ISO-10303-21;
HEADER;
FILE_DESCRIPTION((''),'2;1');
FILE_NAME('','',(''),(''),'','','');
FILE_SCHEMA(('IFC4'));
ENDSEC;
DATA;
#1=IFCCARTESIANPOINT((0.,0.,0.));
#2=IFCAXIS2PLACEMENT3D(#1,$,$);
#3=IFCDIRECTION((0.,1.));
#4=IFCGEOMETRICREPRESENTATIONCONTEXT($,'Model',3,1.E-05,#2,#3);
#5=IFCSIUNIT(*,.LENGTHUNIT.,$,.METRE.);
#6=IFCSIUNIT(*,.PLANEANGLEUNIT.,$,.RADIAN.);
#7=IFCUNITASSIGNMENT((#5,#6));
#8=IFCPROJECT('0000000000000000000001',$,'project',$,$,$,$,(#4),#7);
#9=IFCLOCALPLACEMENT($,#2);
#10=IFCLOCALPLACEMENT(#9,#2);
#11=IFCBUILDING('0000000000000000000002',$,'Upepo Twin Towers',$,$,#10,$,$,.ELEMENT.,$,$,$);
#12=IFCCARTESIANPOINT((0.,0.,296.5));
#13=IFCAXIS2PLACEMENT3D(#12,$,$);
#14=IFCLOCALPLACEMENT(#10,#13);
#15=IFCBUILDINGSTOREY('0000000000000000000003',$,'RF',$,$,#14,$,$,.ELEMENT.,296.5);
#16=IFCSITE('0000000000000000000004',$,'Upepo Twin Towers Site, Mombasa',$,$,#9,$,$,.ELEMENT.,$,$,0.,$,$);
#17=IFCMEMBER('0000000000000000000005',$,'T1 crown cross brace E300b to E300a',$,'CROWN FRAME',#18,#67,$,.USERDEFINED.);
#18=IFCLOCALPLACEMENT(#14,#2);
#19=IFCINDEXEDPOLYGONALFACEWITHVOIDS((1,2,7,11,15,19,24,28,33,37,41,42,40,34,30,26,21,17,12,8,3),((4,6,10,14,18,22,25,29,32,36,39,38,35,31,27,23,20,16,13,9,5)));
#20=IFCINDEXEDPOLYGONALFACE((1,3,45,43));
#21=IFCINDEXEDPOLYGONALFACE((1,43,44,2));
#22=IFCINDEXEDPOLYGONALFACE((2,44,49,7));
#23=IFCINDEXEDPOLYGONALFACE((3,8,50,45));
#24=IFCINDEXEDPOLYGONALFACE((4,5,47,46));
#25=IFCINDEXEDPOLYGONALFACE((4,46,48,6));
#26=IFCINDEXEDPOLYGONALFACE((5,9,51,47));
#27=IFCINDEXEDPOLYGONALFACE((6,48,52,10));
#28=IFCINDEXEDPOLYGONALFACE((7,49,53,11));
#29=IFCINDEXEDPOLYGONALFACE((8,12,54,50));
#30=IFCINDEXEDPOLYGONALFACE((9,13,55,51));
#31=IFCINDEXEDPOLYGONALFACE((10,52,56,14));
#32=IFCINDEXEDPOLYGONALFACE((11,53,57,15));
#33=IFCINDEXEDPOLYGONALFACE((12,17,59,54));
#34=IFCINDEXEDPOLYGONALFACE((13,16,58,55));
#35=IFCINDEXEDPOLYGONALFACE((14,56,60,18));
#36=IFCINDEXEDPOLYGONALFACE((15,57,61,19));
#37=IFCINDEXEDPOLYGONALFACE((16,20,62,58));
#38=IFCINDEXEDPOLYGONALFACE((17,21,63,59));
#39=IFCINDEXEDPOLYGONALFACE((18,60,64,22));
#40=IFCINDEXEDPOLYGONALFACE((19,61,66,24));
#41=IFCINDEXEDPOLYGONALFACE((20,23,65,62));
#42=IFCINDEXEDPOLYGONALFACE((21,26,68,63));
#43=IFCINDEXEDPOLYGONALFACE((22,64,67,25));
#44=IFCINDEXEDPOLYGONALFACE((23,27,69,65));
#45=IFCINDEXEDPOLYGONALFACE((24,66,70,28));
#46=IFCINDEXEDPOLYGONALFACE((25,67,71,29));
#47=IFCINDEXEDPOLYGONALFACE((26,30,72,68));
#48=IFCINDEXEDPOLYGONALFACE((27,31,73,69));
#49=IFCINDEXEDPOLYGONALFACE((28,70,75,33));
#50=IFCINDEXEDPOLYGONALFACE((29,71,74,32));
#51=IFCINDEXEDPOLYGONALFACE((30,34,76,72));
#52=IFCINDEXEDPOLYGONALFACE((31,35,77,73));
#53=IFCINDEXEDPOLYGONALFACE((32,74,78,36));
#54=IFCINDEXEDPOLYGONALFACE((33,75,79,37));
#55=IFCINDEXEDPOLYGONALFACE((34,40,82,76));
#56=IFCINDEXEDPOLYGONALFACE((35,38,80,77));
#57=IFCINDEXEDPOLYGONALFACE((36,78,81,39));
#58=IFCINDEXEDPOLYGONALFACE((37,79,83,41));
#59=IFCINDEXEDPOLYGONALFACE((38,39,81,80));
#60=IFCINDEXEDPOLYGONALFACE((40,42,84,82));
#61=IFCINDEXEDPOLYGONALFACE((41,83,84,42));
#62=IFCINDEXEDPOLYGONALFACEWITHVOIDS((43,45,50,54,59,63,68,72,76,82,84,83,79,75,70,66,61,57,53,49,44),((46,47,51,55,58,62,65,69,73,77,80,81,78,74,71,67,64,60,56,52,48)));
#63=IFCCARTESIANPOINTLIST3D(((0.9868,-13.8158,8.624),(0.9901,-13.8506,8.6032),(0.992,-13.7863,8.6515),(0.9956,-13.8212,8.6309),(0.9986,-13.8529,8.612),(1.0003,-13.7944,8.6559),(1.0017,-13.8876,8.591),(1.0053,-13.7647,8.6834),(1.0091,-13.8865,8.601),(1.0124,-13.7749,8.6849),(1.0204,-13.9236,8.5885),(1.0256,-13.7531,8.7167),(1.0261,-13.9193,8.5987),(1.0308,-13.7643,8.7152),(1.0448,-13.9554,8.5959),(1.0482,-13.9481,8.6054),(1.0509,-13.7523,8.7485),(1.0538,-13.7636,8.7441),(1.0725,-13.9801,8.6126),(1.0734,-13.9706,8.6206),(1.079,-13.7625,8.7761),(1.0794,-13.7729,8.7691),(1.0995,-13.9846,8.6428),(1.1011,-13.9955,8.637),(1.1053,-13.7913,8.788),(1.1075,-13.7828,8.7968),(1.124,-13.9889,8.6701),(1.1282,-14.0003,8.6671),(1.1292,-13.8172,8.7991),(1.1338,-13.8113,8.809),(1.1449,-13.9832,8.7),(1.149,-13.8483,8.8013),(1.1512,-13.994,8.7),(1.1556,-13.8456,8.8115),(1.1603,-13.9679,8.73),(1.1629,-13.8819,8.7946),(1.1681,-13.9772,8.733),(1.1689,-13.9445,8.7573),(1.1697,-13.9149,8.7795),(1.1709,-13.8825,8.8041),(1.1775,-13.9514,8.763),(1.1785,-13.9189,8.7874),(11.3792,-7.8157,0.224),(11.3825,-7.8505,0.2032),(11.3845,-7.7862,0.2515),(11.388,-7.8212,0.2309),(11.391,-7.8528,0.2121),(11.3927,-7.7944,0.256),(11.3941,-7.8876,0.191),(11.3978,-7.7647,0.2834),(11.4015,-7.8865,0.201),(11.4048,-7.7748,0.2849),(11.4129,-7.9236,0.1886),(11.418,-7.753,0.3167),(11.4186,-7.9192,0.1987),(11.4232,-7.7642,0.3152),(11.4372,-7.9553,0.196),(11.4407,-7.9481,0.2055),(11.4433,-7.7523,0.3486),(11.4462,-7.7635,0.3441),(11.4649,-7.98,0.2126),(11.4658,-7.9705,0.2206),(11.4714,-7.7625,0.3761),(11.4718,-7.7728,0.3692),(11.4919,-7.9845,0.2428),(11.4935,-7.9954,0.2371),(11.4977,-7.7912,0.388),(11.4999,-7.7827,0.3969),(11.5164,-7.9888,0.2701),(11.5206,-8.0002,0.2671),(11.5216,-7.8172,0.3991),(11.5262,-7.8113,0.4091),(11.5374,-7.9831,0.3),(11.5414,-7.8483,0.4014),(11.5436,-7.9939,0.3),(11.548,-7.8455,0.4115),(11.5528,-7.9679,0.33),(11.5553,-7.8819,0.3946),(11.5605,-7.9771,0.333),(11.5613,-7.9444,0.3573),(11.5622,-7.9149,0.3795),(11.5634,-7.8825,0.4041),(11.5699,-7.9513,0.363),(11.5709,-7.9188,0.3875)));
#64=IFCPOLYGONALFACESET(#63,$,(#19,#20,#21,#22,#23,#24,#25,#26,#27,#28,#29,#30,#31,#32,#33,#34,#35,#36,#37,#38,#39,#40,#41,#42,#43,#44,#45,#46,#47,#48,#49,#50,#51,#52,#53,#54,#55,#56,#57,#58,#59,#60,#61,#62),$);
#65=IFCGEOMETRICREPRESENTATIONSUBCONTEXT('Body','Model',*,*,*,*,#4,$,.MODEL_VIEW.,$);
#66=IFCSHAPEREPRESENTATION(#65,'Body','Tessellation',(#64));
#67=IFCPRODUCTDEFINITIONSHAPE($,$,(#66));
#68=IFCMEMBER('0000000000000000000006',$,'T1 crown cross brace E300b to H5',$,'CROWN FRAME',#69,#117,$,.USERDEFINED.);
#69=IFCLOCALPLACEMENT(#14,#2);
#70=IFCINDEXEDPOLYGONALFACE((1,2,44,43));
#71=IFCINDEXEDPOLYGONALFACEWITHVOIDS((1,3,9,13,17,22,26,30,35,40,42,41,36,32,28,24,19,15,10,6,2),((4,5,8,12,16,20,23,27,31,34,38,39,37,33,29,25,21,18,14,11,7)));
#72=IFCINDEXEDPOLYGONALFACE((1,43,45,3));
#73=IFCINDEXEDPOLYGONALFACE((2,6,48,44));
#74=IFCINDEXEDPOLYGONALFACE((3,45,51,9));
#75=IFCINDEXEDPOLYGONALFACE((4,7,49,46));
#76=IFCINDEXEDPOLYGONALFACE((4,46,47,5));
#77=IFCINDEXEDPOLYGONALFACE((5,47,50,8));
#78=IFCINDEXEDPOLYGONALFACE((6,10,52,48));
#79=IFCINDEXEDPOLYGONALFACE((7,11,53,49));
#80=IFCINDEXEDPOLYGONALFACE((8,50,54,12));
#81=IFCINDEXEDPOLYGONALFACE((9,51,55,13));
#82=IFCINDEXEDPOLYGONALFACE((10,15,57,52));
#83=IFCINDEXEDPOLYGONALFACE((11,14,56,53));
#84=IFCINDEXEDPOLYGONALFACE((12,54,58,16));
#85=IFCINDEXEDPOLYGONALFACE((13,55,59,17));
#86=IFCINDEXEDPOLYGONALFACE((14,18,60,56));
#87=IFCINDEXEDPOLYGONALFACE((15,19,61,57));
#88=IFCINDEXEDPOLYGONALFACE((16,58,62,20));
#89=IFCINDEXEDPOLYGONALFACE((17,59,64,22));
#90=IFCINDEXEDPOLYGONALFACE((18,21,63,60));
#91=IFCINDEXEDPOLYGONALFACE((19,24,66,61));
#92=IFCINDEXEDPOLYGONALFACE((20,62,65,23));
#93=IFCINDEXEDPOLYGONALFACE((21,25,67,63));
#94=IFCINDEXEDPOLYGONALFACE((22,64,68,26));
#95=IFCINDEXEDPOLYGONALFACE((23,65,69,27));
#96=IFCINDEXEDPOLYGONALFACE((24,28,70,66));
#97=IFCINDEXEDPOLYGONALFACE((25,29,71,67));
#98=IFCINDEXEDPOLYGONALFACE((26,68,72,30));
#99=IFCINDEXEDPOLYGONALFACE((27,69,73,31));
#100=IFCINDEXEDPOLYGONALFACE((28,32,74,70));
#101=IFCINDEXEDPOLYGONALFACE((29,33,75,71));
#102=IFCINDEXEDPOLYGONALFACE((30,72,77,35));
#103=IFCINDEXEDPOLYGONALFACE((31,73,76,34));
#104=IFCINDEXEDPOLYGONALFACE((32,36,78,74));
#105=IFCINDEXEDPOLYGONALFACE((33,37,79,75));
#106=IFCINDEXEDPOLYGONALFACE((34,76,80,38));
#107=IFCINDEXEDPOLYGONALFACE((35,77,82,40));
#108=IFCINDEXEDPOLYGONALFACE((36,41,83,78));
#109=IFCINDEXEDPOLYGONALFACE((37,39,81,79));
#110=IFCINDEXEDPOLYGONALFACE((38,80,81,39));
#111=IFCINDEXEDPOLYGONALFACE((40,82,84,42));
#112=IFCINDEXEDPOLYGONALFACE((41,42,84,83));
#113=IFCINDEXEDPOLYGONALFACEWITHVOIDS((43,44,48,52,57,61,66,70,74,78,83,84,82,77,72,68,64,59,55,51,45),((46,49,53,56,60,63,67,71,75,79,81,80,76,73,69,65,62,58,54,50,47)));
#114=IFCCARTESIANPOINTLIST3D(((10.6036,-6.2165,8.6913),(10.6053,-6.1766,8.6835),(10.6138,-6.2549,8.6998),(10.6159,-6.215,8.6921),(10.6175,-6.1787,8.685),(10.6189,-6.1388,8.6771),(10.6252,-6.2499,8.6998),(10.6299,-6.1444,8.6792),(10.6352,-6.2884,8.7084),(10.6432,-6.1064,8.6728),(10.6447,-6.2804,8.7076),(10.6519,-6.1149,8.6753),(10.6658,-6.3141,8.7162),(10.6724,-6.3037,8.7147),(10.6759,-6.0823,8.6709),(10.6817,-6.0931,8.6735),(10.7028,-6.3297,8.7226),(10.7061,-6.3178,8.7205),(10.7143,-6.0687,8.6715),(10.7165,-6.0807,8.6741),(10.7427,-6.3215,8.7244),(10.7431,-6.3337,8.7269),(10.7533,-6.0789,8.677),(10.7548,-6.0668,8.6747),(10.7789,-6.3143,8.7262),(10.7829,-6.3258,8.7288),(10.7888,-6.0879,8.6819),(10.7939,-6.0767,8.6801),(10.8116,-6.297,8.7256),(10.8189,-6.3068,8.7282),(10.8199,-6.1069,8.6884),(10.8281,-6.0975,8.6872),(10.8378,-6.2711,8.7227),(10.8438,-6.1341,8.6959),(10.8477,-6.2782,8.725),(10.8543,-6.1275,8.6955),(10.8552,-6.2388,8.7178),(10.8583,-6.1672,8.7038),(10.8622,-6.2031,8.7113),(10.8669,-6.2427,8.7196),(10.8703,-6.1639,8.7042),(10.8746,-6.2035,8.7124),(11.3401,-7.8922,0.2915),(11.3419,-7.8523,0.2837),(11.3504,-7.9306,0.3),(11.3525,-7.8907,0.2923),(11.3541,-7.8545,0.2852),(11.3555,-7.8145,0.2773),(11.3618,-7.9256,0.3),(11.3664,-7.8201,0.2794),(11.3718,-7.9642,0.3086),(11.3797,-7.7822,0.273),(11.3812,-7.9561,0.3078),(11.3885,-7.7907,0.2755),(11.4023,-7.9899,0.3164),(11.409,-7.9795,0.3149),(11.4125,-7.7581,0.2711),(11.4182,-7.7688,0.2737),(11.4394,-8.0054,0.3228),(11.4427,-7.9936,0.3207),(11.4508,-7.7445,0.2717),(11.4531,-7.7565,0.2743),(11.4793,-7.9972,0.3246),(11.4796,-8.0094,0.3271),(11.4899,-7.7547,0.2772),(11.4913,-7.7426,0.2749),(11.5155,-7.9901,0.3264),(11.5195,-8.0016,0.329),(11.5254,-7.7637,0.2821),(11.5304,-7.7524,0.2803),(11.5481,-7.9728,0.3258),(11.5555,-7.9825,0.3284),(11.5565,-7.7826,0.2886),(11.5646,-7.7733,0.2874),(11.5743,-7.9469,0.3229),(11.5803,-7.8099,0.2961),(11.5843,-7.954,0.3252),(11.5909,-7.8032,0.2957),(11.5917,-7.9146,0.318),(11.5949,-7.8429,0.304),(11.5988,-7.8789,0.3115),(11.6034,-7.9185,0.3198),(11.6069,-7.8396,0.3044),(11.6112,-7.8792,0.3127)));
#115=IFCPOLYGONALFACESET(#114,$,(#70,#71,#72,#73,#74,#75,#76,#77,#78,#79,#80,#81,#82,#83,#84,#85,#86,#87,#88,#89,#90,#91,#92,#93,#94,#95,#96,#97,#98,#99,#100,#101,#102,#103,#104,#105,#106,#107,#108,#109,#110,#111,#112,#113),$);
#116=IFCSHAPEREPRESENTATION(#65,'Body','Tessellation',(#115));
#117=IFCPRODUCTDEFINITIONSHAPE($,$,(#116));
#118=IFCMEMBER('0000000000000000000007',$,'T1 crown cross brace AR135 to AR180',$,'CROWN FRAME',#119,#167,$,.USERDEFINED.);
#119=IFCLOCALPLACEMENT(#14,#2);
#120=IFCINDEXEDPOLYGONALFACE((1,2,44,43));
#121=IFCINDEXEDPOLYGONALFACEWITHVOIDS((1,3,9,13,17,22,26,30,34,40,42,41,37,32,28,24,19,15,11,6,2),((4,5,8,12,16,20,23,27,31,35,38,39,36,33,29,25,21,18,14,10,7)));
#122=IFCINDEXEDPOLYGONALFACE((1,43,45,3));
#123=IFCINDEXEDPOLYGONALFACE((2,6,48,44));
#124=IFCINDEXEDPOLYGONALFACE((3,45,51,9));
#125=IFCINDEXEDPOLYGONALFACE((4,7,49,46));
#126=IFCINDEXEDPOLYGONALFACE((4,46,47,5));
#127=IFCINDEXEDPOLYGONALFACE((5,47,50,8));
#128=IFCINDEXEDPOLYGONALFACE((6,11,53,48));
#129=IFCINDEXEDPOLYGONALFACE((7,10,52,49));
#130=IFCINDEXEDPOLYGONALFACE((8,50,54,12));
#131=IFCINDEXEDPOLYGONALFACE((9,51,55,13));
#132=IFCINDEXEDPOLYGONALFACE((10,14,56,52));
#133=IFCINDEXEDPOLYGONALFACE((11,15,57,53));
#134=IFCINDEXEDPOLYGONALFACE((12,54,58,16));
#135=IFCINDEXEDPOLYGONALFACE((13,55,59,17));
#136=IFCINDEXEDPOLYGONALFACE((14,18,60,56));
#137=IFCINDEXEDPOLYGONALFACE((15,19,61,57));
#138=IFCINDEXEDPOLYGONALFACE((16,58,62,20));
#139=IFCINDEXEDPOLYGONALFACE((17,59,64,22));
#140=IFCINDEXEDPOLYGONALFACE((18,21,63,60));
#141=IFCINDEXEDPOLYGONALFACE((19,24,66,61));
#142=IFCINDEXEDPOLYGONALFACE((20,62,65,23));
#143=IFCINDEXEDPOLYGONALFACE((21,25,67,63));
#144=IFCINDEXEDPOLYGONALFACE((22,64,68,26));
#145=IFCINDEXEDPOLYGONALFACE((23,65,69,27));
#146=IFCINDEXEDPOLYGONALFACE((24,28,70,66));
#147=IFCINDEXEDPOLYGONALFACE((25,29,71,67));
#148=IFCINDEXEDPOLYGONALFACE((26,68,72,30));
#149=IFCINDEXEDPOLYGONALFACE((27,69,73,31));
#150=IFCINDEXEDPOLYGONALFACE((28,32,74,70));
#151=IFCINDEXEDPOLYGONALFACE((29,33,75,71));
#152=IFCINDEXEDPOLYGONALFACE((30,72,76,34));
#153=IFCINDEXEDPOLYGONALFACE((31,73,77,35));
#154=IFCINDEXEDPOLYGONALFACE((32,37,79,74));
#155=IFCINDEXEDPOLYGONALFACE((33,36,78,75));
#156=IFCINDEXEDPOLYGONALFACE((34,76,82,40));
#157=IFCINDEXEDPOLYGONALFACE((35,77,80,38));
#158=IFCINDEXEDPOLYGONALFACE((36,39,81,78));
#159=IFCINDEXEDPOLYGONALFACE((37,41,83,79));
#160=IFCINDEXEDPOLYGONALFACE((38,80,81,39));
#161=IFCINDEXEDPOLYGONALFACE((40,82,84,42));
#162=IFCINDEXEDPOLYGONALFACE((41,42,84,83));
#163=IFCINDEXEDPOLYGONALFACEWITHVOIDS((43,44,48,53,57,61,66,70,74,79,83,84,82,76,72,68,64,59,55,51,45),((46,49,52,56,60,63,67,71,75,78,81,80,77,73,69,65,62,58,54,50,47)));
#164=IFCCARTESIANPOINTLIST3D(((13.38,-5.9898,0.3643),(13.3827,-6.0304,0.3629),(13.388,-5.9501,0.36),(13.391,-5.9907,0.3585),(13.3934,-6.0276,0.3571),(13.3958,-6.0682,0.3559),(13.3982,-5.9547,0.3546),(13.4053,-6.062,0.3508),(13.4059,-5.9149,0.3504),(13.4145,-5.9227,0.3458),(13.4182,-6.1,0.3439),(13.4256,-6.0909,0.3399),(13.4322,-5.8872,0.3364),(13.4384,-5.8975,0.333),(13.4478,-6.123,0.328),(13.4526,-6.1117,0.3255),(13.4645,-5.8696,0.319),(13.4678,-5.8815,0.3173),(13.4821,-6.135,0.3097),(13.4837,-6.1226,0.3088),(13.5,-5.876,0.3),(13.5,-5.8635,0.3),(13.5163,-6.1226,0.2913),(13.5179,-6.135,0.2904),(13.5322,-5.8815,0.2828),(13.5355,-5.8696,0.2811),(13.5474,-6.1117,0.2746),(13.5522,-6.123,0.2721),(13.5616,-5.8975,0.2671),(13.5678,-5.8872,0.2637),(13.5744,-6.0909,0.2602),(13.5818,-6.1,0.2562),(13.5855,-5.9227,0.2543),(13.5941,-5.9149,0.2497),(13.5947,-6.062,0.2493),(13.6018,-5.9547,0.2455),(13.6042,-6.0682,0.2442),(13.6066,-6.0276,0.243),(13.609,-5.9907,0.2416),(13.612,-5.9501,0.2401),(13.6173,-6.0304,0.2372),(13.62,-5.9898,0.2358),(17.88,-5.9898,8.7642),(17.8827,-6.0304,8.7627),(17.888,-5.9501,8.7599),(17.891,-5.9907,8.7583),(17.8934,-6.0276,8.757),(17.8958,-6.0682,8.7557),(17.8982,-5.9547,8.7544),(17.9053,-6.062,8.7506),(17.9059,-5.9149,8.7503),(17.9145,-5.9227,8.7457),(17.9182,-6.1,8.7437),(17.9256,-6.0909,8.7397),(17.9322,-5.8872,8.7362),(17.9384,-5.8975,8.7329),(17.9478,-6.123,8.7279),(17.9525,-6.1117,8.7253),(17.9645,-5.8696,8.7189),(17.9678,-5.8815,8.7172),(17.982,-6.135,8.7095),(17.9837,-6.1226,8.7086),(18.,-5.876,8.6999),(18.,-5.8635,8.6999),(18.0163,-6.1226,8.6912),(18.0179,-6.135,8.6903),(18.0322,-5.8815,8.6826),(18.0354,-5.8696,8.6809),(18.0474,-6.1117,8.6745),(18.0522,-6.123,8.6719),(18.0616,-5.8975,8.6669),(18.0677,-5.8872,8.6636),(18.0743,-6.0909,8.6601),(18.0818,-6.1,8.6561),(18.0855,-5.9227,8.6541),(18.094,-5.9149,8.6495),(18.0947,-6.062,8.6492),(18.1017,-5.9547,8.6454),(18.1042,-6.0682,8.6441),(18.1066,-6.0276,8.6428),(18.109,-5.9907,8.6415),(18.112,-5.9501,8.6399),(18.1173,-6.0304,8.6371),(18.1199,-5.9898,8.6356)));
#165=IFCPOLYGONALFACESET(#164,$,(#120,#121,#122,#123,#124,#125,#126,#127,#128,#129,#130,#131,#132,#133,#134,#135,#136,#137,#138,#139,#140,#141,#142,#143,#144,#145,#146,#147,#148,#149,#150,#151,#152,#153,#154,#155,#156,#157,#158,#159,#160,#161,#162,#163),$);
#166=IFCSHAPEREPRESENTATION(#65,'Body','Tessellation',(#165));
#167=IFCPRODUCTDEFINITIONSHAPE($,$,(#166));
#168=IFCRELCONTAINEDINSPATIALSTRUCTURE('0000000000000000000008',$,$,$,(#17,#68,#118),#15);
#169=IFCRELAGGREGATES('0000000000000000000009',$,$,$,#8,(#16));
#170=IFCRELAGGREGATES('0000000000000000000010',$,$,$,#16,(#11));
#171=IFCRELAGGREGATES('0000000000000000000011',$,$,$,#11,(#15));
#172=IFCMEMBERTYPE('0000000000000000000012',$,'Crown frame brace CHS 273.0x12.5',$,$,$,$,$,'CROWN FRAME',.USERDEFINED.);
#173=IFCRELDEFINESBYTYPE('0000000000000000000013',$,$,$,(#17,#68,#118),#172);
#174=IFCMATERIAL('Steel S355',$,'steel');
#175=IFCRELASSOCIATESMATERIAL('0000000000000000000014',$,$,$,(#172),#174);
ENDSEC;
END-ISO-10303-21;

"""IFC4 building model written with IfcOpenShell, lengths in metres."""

from ifc_helpers import new_model, si_unit, direction, frame, origin, origin_2d, place, context, subcontext, project, spatial, hollow_circle, extrude, material, material_profile, profile_set, type_object, element, save


model = new_model("IFC4")

# Units and contexts
model_context = context("Model", 3, precision=1e-05, world=origin(), true_north=direction((0.0, 1.0)))
body_context = subcontext(model_context, "Body", "Model", "MODEL_VIEW")
ifc_project = project(units=[si_unit("LENGTHUNIT", "METRE"), si_unit("PLANEANGLEUNIT", "RADIAN")], contexts=[model_context])

# Site, building, storey
site_placement = place(None, origin())
site = spatial("IfcSite", under=ifc_project, at=site_placement, Name="Upepo Twin Towers Site, Mombasa", CompositionType="ELEMENT", RefElevation=0.0)
building_placement = place(site_placement, origin())
building = spatial("IfcBuilding", under=site, at=building_placement, Name="Upepo Twin Towers", CompositionType="ELEMENT")
storey_placement = place(building_placement, frame((0.0, 0.0, 296.5)))
storey = spatial("IfcBuildingStorey", under=building, at=storey_placement, Name="RF", CompositionType="ELEMENT", Elevation=296.5)

# Members
ifc_material_1 = material(Name="Steel S355", Category="steel")
ifc_material_profile_1 = material_profile(ifc_material_1, hollow_circle(Radius=0.1365, WallThickness=0.0125, at=origin_2d()), Name="CHS 273.0x12.5")
ifc_profile_set_1 = profile_set([ifc_material_profile_1], Name="Steel S355")
member_type = type_object("IfcMemberType", Name="Crown frame brace CHS 273.0x12.5", ElementType="CROWN FRAME", PredefinedType="USERDEFINED", material=ifc_profile_set_1)
member_1_placement = place(storey_placement, frame((11.4753, -7.8757, 0.3), z_axis=(-0.709479, -0.409617, 0.573457), x_axis=(0.499999, -0.866026, 0.0)))
element("IfcMember", 1, at=member_1_placement, inside=storey, type_object=member_type, Name="T1 crown cross brace E300b to E300a", ObjectType="CROWN FRAME", PredefinedType="USERDEFINED", context=body_context, shape_type="SweptSolid", body=[
    extrude(hollow_circle(Radius=0.1365, WallThickness=0.0125, at=origin_2d()), origin(), (0.0, 0.0, 1.0), 14.6479),
])
member_2_placement = place(storey_placement, frame((11.4753, -7.8757, 0.3), z_axis=(-0.085677, 0.194925, 0.977069), x_axis=(-0.91547, -0.402385, 0.0)))
element("IfcMember", 2, at=member_2_placement, inside=storey, type_object=member_type, Name="T1 crown cross brace E300b to H5", ObjectType="CROWN FRAME", PredefinedType="USERDEFINED", context=body_context, shape_type="SweptSolid", body=[
    extrude(hollow_circle(Radius=0.1365, WallThickness=0.0125, at=origin_2d()), origin(), (0.0, 0.0, 1.0), 8.5969),
])
member_3_placement = place(storey_placement, frame((13.5, -6.0, 0.3), z_axis=(0.472226, 0.0, 0.881478), x_axis=(0.0, 1.0, 0.0)))
element("IfcMember", 3, at=member_3_placement, inside=storey, type_object=member_type, Name="T1 crown cross brace AR135 to AR180", ObjectType="CROWN FRAME", PredefinedType="USERDEFINED", context=body_context, shape_type="SweptSolid", body=[
    extrude(hollow_circle(Radius=0.1365, WallThickness=0.0125, at=origin_2d()), origin(), (0.0, 0.0, 1.0), 9.5293),
])

save(model, "model.ifc")
